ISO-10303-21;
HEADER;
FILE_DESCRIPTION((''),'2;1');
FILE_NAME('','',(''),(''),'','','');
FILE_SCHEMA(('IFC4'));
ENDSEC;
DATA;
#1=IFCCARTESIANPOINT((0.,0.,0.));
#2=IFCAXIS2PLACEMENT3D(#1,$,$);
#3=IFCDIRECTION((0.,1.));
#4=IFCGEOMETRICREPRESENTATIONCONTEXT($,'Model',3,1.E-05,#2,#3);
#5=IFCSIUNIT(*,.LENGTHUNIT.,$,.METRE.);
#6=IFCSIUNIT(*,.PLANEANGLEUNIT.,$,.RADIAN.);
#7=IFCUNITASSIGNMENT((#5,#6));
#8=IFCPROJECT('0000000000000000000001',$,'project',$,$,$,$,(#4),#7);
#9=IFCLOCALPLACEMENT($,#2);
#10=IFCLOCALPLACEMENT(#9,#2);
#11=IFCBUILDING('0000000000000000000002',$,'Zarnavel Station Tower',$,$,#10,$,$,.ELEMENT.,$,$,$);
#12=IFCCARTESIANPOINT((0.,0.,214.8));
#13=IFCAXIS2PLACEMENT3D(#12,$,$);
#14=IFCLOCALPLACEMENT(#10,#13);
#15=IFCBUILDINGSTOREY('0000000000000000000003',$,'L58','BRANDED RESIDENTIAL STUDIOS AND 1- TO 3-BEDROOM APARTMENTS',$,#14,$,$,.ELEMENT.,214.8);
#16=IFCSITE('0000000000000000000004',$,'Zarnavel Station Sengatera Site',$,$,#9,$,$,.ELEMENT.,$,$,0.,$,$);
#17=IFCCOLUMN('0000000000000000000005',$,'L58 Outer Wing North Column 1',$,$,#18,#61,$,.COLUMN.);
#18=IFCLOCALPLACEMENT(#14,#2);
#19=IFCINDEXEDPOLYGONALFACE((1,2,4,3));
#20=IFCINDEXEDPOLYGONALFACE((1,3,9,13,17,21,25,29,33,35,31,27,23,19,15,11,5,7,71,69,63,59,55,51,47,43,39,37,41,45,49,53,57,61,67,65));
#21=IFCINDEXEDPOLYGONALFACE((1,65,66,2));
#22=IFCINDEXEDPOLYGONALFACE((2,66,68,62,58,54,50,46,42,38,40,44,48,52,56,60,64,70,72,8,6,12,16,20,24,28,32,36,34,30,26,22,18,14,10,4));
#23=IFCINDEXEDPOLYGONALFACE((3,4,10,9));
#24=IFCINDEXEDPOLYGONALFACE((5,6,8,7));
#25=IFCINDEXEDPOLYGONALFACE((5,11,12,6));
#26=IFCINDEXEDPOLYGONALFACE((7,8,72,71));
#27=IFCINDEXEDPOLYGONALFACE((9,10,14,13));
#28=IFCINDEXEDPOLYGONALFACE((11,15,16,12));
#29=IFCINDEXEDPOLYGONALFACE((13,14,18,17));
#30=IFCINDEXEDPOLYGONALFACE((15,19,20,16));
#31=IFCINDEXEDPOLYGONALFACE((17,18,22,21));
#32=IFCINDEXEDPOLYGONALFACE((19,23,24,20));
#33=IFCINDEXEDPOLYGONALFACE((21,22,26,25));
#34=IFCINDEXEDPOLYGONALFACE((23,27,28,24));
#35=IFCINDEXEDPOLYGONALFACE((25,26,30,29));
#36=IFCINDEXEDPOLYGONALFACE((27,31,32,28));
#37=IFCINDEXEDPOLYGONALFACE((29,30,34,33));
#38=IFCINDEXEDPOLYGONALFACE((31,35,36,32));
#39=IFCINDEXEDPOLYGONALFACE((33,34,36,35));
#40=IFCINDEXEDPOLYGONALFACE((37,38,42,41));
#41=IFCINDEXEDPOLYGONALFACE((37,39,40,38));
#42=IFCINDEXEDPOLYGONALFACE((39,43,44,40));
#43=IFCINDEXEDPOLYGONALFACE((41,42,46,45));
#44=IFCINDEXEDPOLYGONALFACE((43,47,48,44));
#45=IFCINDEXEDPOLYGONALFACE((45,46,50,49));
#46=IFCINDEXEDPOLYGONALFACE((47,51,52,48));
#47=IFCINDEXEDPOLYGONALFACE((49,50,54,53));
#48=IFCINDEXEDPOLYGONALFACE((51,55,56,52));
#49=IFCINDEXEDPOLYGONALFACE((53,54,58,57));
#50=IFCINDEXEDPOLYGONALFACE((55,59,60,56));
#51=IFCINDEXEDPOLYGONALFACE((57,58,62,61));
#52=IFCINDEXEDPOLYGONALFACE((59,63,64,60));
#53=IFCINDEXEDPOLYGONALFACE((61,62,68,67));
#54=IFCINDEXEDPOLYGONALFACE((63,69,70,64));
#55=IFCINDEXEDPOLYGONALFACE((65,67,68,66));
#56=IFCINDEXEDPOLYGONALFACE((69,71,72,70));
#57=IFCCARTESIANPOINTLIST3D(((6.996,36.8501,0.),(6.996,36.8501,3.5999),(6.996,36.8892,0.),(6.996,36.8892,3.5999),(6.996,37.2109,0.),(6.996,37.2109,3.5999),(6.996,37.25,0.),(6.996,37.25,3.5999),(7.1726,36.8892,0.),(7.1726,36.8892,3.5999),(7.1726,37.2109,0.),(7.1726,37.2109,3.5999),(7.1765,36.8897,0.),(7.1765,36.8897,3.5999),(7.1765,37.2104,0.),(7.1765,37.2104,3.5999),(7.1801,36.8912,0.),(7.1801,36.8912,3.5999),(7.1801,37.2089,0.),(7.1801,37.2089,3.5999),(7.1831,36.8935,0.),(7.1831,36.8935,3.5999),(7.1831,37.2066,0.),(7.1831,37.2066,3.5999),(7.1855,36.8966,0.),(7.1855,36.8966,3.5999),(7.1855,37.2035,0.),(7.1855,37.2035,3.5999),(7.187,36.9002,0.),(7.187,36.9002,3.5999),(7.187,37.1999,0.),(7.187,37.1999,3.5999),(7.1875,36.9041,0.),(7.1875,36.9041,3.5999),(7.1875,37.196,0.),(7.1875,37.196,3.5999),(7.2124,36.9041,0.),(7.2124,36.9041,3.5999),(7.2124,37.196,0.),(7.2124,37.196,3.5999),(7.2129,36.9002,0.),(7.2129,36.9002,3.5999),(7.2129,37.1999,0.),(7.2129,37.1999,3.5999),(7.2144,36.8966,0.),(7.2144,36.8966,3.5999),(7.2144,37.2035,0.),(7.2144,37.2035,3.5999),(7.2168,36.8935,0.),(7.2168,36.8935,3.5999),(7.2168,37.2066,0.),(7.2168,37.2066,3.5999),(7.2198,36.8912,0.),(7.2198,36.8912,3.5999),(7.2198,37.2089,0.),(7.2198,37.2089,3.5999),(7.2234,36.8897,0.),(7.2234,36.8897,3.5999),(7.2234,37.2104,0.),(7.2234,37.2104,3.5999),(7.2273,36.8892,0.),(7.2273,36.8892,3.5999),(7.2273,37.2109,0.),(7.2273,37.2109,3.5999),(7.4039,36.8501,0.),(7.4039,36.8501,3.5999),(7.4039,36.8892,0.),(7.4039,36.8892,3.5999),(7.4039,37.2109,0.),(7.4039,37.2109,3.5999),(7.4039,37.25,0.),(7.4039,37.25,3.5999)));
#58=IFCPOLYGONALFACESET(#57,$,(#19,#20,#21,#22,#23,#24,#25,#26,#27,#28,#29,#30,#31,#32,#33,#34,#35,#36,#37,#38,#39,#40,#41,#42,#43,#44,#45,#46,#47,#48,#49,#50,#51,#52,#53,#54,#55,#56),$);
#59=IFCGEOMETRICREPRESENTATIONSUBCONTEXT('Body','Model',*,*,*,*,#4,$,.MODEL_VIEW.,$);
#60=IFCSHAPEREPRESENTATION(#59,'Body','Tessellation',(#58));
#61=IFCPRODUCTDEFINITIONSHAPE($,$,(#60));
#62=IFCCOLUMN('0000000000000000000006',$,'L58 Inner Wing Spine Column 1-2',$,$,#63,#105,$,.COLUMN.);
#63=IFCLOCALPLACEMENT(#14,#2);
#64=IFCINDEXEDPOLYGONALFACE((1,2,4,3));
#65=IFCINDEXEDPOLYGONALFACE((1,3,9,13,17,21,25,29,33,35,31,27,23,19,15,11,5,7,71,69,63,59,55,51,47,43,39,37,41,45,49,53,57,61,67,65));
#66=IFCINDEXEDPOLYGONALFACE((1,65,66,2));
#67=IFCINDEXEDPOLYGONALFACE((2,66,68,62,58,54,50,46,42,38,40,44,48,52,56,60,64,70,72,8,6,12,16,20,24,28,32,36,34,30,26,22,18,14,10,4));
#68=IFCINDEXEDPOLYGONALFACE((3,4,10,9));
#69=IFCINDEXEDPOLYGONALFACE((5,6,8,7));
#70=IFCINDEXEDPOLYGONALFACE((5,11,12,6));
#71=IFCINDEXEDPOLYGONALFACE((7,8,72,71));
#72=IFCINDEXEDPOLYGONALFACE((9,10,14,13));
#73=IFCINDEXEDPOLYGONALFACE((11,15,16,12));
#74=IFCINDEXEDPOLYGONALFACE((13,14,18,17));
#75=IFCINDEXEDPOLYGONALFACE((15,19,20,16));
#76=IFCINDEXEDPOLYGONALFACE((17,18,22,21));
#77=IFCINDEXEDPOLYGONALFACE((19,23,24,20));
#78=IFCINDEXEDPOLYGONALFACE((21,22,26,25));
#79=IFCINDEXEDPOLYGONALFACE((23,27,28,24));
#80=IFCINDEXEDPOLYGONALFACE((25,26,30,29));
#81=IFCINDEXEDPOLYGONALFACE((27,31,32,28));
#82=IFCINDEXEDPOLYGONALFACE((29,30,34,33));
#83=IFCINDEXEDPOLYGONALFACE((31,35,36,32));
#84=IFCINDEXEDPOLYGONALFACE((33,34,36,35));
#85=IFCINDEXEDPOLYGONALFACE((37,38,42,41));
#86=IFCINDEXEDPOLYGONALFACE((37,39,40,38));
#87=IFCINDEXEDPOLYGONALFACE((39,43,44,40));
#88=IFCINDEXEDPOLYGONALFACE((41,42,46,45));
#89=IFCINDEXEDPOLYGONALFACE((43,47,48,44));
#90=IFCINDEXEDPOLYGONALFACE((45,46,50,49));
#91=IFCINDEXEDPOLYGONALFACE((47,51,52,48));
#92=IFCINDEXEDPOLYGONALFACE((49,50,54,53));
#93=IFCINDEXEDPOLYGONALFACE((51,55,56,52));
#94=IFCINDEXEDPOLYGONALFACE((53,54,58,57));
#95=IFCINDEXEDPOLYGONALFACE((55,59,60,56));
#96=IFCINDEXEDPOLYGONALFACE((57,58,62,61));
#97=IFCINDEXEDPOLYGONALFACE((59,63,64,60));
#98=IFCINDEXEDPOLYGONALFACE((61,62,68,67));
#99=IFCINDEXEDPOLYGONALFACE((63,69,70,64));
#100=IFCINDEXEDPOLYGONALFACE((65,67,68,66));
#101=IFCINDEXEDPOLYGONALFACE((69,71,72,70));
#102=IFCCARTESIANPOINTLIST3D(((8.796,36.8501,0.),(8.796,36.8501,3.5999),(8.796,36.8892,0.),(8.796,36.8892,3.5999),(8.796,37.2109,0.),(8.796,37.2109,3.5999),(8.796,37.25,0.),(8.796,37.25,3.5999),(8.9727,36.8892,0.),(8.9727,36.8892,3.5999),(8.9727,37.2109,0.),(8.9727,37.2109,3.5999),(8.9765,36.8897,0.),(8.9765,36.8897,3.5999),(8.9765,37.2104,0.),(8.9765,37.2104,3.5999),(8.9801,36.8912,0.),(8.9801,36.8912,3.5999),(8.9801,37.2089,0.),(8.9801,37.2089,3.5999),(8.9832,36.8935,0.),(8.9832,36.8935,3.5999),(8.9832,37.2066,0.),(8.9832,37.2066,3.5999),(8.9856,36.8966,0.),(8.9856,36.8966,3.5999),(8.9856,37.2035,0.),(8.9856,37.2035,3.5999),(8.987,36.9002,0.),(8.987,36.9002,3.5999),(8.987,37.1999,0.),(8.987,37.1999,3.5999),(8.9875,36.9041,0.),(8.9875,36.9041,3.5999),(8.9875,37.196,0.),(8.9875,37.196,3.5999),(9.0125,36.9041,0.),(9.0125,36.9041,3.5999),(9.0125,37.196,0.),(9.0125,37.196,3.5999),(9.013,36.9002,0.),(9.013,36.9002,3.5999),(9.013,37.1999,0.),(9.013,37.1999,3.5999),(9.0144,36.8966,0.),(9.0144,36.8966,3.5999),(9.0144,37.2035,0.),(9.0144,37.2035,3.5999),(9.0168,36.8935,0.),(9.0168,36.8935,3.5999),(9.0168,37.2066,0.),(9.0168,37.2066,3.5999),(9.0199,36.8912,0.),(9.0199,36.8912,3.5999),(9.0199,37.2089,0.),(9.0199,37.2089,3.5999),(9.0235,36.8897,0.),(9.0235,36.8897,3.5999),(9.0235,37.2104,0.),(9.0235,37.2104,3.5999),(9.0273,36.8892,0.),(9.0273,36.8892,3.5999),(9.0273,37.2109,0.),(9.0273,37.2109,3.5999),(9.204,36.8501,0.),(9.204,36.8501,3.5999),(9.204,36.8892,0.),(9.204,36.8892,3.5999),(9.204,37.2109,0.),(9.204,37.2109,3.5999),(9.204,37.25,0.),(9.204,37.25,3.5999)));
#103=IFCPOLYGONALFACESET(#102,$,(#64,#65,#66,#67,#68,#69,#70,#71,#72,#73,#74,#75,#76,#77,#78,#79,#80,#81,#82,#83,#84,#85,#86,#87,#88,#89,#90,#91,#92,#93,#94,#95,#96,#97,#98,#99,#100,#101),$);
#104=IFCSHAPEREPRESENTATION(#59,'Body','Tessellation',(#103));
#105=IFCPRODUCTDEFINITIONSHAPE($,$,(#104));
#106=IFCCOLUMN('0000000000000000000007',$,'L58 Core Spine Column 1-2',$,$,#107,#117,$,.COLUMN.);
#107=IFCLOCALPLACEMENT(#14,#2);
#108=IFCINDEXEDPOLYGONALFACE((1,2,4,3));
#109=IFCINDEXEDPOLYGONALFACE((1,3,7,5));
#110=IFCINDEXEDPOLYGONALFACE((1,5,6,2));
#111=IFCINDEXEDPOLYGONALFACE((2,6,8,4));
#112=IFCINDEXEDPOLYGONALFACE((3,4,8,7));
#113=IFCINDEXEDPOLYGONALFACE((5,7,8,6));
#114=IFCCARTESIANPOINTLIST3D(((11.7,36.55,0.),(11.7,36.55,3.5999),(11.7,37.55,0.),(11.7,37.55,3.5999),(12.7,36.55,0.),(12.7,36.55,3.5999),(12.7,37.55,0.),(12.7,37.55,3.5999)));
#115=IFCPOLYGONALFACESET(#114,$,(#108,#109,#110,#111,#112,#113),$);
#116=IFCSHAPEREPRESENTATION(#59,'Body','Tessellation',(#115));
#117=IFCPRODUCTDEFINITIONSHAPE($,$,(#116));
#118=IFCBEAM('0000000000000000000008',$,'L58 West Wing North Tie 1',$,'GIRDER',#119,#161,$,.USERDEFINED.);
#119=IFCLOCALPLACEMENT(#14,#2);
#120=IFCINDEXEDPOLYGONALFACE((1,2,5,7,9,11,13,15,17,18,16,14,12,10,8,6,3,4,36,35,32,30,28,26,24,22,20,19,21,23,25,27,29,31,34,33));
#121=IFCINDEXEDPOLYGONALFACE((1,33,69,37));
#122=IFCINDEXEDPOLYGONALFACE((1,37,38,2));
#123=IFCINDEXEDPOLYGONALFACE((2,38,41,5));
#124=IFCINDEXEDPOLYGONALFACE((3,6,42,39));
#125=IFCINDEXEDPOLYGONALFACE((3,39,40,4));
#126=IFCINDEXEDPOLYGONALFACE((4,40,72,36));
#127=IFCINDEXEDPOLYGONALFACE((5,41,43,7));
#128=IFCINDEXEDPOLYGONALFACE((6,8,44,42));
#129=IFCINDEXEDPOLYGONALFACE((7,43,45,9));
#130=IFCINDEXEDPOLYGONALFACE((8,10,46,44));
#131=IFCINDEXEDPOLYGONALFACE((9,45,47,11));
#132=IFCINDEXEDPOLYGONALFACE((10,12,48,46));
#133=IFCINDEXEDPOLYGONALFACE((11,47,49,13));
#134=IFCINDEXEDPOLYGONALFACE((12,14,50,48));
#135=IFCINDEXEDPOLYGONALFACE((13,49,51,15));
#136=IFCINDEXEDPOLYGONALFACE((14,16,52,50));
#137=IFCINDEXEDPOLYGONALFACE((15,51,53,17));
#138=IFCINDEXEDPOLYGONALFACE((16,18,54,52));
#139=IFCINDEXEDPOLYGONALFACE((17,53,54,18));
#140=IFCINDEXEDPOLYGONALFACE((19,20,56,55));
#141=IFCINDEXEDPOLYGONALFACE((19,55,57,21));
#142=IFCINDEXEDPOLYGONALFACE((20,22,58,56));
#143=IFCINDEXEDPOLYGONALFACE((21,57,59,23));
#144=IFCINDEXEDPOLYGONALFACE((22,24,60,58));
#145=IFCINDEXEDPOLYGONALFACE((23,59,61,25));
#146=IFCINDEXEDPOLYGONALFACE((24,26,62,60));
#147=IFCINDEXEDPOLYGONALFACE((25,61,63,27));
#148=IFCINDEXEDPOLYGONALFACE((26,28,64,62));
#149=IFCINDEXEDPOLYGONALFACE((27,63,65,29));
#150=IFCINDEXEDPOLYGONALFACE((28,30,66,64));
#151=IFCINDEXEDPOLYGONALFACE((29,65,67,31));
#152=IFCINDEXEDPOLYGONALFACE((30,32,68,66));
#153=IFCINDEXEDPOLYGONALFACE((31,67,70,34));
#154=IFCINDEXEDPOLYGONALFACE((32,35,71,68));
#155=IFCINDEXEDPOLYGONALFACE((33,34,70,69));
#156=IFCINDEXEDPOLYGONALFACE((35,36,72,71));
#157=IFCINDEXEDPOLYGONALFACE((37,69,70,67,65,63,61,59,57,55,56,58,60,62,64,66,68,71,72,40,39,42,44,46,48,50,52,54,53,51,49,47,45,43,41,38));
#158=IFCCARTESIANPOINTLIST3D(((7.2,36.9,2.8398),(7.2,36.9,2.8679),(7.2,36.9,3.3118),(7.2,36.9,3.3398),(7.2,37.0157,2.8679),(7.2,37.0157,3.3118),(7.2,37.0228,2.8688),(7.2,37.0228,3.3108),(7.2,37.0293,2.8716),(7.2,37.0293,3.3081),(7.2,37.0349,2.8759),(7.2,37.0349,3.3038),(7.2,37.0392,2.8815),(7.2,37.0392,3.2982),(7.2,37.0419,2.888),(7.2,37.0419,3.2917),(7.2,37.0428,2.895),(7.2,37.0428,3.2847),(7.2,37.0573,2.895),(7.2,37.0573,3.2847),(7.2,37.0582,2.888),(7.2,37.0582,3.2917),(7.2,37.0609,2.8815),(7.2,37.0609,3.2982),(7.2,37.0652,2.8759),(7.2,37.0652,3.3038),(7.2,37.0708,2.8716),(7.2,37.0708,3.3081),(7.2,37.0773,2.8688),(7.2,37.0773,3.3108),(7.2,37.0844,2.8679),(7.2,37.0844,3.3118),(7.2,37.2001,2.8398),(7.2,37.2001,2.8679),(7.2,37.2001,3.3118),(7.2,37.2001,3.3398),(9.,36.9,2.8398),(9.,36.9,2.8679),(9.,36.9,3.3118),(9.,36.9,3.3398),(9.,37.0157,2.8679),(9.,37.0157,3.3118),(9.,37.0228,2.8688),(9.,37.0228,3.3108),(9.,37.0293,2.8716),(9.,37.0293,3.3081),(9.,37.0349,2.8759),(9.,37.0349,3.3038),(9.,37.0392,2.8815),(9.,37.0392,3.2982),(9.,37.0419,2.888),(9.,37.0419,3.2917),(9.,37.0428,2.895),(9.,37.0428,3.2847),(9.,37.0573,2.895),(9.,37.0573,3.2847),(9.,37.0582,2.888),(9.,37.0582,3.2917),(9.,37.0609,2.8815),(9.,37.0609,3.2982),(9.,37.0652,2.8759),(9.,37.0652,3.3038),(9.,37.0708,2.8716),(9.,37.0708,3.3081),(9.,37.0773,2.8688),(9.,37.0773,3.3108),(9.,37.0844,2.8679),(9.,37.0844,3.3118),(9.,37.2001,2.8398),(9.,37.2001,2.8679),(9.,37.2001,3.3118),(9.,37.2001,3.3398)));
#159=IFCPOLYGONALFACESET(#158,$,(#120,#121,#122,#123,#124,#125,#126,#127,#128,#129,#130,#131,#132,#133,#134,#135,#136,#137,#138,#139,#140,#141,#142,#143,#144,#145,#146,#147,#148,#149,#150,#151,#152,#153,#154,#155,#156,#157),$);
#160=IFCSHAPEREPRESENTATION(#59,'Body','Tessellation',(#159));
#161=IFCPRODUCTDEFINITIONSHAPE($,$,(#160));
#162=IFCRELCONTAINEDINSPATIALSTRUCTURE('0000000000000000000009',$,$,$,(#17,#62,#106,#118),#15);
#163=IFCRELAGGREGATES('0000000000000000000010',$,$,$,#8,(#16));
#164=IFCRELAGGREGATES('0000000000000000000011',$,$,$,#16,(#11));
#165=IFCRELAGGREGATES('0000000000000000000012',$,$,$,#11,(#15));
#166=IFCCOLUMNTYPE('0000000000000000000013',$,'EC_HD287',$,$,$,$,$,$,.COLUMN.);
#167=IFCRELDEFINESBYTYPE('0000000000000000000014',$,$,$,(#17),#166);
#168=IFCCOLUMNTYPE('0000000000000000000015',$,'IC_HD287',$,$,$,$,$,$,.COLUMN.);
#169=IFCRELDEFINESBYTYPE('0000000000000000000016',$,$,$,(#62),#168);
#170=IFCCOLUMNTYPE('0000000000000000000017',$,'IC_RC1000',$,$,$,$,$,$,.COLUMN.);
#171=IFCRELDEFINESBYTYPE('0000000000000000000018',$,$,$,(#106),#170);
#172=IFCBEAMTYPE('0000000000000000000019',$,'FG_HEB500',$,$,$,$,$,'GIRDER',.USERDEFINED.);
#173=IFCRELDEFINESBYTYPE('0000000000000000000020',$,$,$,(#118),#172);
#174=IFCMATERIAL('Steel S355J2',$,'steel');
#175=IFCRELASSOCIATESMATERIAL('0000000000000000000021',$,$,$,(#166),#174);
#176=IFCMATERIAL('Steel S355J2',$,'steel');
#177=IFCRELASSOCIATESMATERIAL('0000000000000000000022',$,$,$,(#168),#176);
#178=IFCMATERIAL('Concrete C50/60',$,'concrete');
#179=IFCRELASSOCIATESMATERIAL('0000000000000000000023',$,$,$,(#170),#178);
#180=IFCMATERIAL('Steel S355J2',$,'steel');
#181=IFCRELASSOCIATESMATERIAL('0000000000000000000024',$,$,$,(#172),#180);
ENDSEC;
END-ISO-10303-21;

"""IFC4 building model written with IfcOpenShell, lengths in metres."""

from ifc_helpers import new_model, si_unit, direction, frame, origin, origin_2d, place, context, subcontext, project, spatial, rectangle, i_section, extrude, material, material_profile, profile_set, type_object, element, save


model = new_model("IFC4")

# Units and contexts
model_context = context("Model", 3, precision=1e-05, world=origin(), true_north=direction((0.0, 1.0)))
body_context = subcontext(model_context, "Body", "Model", "MODEL_VIEW")
ifc_project = project(units=[si_unit("LENGTHUNIT", "METRE"), si_unit("PLANEANGLEUNIT", "RADIAN")], contexts=[model_context])

# Site, building, storey
site_placement = place(None, origin())
site = spatial("IfcSite", under=ifc_project, at=site_placement, Name="Zarnavel Station Sengatera Site", CompositionType="ELEMENT", RefElevation=0.0)
building_placement = place(site_placement, origin())
building = spatial("IfcBuilding", under=site, at=building_placement, Name="Zarnavel Station Tower", CompositionType="ELEMENT")
storey_placement = place(building_placement, frame((0.0, 0.0, 214.8)))
storey = spatial("IfcBuildingStorey", under=building, at=storey_placement, Name="L58", Description="BRANDED RESIDENTIAL STUDIOS AND 1- TO 3-BEDROOM APARTMENTS", CompositionType="ELEMENT", Elevation=214.8)

# Columns
ifc_material_1 = material(Name="Steel S355J2", Category="steel")
ifc_material_profile_1 = material_profile(ifc_material_1, i_section(OverallWidth=0.408, OverallDepth=0.3999, WebThickness=0.0249, FlangeThickness=0.0391, FilletRadius=0.0149, at=origin_2d()), Name="HD400x287")
ifc_profile_set_1 = profile_set([ifc_material_profile_1], Name="Steel S355J2")
column_type_1 = type_object("IfcColumnType", Name="EC_HD287", PredefinedType="COLUMN", material=ifc_profile_set_1)
column_1_placement = place(storey_placement, frame((7.2, 37.05, 0.0), z_axis=(0.0, 0.0, 1.0), x_axis=(1.0, 0.0, 0.0)))
element("IfcColumn", 1, at=column_1_placement, inside=storey, type_object=column_type_1, Name="L58 Outer Wing North Column 1", PredefinedType="COLUMN", context=body_context, shape_type="SweptSolid", body=[
    extrude(i_section(OverallWidth=0.408, OverallDepth=0.3999, WebThickness=0.0249, FlangeThickness=0.0391, FilletRadius=0.0149, at=origin_2d()), origin(), (0.0, 0.0, 1.0), 3.5999),
])
ifc_material_2 = material(Name="Steel S355J2", Category="steel")
ifc_material_profile_2 = material_profile(ifc_material_2, i_section(OverallWidth=0.408, OverallDepth=0.3999, WebThickness=0.0249, FlangeThickness=0.0391, FilletRadius=0.0149, at=origin_2d()), Name="HD400x287")
ifc_profile_set_2 = profile_set([ifc_material_profile_2], Name="Steel S355J2")
column_type_2 = type_object("IfcColumnType", Name="IC_HD287", PredefinedType="COLUMN", material=ifc_profile_set_2)
column_2_placement = place(storey_placement, frame((9.0, 37.05, 0.0), z_axis=(0.0, 0.0, 1.0), x_axis=(1.0, 0.0, 0.0)))
element("IfcColumn", 2, at=column_2_placement, inside=storey, type_object=column_type_2, Name="L58 Inner Wing Spine Column 1-2", PredefinedType="COLUMN", context=body_context, shape_type="SweptSolid", body=[
    extrude(i_section(OverallWidth=0.408, OverallDepth=0.3999, WebThickness=0.0249, FlangeThickness=0.0391, FilletRadius=0.0149, at=origin_2d()), origin(), (0.0, 0.0, 1.0), 3.5999),
])
ifc_material_3 = material(Name="Concrete C50/60", Category="concrete")
ifc_material_profile_3 = material_profile(ifc_material_3, rectangle(XDim=1.0, YDim=1.0, at=origin_2d()), Name="RC1000x1000")
ifc_profile_set_3 = profile_set([ifc_material_profile_3], Name="Concrete C50/60")
column_type_3 = type_object("IfcColumnType", Name="IC_RC1000", PredefinedType="COLUMN", material=ifc_profile_set_3)
column_3_placement = place(storey_placement, frame((12.2, 37.05, 0.0), z_axis=(0.0, 0.0, 1.0), x_axis=(1.0, 0.0, 0.0)))
element("IfcColumn", 3, at=column_3_placement, inside=storey, type_object=column_type_3, Name="L58 Core Spine Column 1-2", PredefinedType="COLUMN", context=body_context, shape_type="SweptSolid", body=[
    extrude(rectangle(XDim=1.0, YDim=1.0, at=origin_2d()), origin(), (0.0, 0.0, 1.0), 3.5999),
])

# Beam
ifc_material_4 = material(Name="Steel S355J2", Category="steel")
ifc_material_profile_4 = material_profile(ifc_material_4, i_section(OverallWidth=0.3, OverallDepth=0.5, WebThickness=0.0144, FlangeThickness=0.0281, FilletRadius=0.0271, at=origin_2d()), Name="HEB500")
ifc_profile_set_4 = profile_set([ifc_material_profile_4], Name="Steel S355J2")
beam_type = type_object("IfcBeamType", Name="FG_HEB500", ElementType="GIRDER", PredefinedType="USERDEFINED", material=ifc_profile_set_4)
beam_1_placement = place(storey_placement, frame((7.2, 37.05, 3.0898), z_axis=(1.0, 0.0, 0.0), x_axis=(0.0, 1.0, 0.0)))
element("IfcBeam", 4, at=beam_1_placement, inside=storey, type_object=beam_type, Name="L58 West Wing North Tie 1", ObjectType="GIRDER", PredefinedType="USERDEFINED", context=body_context, shape_type="SweptSolid", body=[
    extrude(i_section(OverallWidth=0.3, OverallDepth=0.5, WebThickness=0.0144, FlangeThickness=0.0281, FilletRadius=0.0271, at=origin_2d()), origin(), (0.0, 0.0, 1.0), 1.8),
])

save(model, "model.ifc")
